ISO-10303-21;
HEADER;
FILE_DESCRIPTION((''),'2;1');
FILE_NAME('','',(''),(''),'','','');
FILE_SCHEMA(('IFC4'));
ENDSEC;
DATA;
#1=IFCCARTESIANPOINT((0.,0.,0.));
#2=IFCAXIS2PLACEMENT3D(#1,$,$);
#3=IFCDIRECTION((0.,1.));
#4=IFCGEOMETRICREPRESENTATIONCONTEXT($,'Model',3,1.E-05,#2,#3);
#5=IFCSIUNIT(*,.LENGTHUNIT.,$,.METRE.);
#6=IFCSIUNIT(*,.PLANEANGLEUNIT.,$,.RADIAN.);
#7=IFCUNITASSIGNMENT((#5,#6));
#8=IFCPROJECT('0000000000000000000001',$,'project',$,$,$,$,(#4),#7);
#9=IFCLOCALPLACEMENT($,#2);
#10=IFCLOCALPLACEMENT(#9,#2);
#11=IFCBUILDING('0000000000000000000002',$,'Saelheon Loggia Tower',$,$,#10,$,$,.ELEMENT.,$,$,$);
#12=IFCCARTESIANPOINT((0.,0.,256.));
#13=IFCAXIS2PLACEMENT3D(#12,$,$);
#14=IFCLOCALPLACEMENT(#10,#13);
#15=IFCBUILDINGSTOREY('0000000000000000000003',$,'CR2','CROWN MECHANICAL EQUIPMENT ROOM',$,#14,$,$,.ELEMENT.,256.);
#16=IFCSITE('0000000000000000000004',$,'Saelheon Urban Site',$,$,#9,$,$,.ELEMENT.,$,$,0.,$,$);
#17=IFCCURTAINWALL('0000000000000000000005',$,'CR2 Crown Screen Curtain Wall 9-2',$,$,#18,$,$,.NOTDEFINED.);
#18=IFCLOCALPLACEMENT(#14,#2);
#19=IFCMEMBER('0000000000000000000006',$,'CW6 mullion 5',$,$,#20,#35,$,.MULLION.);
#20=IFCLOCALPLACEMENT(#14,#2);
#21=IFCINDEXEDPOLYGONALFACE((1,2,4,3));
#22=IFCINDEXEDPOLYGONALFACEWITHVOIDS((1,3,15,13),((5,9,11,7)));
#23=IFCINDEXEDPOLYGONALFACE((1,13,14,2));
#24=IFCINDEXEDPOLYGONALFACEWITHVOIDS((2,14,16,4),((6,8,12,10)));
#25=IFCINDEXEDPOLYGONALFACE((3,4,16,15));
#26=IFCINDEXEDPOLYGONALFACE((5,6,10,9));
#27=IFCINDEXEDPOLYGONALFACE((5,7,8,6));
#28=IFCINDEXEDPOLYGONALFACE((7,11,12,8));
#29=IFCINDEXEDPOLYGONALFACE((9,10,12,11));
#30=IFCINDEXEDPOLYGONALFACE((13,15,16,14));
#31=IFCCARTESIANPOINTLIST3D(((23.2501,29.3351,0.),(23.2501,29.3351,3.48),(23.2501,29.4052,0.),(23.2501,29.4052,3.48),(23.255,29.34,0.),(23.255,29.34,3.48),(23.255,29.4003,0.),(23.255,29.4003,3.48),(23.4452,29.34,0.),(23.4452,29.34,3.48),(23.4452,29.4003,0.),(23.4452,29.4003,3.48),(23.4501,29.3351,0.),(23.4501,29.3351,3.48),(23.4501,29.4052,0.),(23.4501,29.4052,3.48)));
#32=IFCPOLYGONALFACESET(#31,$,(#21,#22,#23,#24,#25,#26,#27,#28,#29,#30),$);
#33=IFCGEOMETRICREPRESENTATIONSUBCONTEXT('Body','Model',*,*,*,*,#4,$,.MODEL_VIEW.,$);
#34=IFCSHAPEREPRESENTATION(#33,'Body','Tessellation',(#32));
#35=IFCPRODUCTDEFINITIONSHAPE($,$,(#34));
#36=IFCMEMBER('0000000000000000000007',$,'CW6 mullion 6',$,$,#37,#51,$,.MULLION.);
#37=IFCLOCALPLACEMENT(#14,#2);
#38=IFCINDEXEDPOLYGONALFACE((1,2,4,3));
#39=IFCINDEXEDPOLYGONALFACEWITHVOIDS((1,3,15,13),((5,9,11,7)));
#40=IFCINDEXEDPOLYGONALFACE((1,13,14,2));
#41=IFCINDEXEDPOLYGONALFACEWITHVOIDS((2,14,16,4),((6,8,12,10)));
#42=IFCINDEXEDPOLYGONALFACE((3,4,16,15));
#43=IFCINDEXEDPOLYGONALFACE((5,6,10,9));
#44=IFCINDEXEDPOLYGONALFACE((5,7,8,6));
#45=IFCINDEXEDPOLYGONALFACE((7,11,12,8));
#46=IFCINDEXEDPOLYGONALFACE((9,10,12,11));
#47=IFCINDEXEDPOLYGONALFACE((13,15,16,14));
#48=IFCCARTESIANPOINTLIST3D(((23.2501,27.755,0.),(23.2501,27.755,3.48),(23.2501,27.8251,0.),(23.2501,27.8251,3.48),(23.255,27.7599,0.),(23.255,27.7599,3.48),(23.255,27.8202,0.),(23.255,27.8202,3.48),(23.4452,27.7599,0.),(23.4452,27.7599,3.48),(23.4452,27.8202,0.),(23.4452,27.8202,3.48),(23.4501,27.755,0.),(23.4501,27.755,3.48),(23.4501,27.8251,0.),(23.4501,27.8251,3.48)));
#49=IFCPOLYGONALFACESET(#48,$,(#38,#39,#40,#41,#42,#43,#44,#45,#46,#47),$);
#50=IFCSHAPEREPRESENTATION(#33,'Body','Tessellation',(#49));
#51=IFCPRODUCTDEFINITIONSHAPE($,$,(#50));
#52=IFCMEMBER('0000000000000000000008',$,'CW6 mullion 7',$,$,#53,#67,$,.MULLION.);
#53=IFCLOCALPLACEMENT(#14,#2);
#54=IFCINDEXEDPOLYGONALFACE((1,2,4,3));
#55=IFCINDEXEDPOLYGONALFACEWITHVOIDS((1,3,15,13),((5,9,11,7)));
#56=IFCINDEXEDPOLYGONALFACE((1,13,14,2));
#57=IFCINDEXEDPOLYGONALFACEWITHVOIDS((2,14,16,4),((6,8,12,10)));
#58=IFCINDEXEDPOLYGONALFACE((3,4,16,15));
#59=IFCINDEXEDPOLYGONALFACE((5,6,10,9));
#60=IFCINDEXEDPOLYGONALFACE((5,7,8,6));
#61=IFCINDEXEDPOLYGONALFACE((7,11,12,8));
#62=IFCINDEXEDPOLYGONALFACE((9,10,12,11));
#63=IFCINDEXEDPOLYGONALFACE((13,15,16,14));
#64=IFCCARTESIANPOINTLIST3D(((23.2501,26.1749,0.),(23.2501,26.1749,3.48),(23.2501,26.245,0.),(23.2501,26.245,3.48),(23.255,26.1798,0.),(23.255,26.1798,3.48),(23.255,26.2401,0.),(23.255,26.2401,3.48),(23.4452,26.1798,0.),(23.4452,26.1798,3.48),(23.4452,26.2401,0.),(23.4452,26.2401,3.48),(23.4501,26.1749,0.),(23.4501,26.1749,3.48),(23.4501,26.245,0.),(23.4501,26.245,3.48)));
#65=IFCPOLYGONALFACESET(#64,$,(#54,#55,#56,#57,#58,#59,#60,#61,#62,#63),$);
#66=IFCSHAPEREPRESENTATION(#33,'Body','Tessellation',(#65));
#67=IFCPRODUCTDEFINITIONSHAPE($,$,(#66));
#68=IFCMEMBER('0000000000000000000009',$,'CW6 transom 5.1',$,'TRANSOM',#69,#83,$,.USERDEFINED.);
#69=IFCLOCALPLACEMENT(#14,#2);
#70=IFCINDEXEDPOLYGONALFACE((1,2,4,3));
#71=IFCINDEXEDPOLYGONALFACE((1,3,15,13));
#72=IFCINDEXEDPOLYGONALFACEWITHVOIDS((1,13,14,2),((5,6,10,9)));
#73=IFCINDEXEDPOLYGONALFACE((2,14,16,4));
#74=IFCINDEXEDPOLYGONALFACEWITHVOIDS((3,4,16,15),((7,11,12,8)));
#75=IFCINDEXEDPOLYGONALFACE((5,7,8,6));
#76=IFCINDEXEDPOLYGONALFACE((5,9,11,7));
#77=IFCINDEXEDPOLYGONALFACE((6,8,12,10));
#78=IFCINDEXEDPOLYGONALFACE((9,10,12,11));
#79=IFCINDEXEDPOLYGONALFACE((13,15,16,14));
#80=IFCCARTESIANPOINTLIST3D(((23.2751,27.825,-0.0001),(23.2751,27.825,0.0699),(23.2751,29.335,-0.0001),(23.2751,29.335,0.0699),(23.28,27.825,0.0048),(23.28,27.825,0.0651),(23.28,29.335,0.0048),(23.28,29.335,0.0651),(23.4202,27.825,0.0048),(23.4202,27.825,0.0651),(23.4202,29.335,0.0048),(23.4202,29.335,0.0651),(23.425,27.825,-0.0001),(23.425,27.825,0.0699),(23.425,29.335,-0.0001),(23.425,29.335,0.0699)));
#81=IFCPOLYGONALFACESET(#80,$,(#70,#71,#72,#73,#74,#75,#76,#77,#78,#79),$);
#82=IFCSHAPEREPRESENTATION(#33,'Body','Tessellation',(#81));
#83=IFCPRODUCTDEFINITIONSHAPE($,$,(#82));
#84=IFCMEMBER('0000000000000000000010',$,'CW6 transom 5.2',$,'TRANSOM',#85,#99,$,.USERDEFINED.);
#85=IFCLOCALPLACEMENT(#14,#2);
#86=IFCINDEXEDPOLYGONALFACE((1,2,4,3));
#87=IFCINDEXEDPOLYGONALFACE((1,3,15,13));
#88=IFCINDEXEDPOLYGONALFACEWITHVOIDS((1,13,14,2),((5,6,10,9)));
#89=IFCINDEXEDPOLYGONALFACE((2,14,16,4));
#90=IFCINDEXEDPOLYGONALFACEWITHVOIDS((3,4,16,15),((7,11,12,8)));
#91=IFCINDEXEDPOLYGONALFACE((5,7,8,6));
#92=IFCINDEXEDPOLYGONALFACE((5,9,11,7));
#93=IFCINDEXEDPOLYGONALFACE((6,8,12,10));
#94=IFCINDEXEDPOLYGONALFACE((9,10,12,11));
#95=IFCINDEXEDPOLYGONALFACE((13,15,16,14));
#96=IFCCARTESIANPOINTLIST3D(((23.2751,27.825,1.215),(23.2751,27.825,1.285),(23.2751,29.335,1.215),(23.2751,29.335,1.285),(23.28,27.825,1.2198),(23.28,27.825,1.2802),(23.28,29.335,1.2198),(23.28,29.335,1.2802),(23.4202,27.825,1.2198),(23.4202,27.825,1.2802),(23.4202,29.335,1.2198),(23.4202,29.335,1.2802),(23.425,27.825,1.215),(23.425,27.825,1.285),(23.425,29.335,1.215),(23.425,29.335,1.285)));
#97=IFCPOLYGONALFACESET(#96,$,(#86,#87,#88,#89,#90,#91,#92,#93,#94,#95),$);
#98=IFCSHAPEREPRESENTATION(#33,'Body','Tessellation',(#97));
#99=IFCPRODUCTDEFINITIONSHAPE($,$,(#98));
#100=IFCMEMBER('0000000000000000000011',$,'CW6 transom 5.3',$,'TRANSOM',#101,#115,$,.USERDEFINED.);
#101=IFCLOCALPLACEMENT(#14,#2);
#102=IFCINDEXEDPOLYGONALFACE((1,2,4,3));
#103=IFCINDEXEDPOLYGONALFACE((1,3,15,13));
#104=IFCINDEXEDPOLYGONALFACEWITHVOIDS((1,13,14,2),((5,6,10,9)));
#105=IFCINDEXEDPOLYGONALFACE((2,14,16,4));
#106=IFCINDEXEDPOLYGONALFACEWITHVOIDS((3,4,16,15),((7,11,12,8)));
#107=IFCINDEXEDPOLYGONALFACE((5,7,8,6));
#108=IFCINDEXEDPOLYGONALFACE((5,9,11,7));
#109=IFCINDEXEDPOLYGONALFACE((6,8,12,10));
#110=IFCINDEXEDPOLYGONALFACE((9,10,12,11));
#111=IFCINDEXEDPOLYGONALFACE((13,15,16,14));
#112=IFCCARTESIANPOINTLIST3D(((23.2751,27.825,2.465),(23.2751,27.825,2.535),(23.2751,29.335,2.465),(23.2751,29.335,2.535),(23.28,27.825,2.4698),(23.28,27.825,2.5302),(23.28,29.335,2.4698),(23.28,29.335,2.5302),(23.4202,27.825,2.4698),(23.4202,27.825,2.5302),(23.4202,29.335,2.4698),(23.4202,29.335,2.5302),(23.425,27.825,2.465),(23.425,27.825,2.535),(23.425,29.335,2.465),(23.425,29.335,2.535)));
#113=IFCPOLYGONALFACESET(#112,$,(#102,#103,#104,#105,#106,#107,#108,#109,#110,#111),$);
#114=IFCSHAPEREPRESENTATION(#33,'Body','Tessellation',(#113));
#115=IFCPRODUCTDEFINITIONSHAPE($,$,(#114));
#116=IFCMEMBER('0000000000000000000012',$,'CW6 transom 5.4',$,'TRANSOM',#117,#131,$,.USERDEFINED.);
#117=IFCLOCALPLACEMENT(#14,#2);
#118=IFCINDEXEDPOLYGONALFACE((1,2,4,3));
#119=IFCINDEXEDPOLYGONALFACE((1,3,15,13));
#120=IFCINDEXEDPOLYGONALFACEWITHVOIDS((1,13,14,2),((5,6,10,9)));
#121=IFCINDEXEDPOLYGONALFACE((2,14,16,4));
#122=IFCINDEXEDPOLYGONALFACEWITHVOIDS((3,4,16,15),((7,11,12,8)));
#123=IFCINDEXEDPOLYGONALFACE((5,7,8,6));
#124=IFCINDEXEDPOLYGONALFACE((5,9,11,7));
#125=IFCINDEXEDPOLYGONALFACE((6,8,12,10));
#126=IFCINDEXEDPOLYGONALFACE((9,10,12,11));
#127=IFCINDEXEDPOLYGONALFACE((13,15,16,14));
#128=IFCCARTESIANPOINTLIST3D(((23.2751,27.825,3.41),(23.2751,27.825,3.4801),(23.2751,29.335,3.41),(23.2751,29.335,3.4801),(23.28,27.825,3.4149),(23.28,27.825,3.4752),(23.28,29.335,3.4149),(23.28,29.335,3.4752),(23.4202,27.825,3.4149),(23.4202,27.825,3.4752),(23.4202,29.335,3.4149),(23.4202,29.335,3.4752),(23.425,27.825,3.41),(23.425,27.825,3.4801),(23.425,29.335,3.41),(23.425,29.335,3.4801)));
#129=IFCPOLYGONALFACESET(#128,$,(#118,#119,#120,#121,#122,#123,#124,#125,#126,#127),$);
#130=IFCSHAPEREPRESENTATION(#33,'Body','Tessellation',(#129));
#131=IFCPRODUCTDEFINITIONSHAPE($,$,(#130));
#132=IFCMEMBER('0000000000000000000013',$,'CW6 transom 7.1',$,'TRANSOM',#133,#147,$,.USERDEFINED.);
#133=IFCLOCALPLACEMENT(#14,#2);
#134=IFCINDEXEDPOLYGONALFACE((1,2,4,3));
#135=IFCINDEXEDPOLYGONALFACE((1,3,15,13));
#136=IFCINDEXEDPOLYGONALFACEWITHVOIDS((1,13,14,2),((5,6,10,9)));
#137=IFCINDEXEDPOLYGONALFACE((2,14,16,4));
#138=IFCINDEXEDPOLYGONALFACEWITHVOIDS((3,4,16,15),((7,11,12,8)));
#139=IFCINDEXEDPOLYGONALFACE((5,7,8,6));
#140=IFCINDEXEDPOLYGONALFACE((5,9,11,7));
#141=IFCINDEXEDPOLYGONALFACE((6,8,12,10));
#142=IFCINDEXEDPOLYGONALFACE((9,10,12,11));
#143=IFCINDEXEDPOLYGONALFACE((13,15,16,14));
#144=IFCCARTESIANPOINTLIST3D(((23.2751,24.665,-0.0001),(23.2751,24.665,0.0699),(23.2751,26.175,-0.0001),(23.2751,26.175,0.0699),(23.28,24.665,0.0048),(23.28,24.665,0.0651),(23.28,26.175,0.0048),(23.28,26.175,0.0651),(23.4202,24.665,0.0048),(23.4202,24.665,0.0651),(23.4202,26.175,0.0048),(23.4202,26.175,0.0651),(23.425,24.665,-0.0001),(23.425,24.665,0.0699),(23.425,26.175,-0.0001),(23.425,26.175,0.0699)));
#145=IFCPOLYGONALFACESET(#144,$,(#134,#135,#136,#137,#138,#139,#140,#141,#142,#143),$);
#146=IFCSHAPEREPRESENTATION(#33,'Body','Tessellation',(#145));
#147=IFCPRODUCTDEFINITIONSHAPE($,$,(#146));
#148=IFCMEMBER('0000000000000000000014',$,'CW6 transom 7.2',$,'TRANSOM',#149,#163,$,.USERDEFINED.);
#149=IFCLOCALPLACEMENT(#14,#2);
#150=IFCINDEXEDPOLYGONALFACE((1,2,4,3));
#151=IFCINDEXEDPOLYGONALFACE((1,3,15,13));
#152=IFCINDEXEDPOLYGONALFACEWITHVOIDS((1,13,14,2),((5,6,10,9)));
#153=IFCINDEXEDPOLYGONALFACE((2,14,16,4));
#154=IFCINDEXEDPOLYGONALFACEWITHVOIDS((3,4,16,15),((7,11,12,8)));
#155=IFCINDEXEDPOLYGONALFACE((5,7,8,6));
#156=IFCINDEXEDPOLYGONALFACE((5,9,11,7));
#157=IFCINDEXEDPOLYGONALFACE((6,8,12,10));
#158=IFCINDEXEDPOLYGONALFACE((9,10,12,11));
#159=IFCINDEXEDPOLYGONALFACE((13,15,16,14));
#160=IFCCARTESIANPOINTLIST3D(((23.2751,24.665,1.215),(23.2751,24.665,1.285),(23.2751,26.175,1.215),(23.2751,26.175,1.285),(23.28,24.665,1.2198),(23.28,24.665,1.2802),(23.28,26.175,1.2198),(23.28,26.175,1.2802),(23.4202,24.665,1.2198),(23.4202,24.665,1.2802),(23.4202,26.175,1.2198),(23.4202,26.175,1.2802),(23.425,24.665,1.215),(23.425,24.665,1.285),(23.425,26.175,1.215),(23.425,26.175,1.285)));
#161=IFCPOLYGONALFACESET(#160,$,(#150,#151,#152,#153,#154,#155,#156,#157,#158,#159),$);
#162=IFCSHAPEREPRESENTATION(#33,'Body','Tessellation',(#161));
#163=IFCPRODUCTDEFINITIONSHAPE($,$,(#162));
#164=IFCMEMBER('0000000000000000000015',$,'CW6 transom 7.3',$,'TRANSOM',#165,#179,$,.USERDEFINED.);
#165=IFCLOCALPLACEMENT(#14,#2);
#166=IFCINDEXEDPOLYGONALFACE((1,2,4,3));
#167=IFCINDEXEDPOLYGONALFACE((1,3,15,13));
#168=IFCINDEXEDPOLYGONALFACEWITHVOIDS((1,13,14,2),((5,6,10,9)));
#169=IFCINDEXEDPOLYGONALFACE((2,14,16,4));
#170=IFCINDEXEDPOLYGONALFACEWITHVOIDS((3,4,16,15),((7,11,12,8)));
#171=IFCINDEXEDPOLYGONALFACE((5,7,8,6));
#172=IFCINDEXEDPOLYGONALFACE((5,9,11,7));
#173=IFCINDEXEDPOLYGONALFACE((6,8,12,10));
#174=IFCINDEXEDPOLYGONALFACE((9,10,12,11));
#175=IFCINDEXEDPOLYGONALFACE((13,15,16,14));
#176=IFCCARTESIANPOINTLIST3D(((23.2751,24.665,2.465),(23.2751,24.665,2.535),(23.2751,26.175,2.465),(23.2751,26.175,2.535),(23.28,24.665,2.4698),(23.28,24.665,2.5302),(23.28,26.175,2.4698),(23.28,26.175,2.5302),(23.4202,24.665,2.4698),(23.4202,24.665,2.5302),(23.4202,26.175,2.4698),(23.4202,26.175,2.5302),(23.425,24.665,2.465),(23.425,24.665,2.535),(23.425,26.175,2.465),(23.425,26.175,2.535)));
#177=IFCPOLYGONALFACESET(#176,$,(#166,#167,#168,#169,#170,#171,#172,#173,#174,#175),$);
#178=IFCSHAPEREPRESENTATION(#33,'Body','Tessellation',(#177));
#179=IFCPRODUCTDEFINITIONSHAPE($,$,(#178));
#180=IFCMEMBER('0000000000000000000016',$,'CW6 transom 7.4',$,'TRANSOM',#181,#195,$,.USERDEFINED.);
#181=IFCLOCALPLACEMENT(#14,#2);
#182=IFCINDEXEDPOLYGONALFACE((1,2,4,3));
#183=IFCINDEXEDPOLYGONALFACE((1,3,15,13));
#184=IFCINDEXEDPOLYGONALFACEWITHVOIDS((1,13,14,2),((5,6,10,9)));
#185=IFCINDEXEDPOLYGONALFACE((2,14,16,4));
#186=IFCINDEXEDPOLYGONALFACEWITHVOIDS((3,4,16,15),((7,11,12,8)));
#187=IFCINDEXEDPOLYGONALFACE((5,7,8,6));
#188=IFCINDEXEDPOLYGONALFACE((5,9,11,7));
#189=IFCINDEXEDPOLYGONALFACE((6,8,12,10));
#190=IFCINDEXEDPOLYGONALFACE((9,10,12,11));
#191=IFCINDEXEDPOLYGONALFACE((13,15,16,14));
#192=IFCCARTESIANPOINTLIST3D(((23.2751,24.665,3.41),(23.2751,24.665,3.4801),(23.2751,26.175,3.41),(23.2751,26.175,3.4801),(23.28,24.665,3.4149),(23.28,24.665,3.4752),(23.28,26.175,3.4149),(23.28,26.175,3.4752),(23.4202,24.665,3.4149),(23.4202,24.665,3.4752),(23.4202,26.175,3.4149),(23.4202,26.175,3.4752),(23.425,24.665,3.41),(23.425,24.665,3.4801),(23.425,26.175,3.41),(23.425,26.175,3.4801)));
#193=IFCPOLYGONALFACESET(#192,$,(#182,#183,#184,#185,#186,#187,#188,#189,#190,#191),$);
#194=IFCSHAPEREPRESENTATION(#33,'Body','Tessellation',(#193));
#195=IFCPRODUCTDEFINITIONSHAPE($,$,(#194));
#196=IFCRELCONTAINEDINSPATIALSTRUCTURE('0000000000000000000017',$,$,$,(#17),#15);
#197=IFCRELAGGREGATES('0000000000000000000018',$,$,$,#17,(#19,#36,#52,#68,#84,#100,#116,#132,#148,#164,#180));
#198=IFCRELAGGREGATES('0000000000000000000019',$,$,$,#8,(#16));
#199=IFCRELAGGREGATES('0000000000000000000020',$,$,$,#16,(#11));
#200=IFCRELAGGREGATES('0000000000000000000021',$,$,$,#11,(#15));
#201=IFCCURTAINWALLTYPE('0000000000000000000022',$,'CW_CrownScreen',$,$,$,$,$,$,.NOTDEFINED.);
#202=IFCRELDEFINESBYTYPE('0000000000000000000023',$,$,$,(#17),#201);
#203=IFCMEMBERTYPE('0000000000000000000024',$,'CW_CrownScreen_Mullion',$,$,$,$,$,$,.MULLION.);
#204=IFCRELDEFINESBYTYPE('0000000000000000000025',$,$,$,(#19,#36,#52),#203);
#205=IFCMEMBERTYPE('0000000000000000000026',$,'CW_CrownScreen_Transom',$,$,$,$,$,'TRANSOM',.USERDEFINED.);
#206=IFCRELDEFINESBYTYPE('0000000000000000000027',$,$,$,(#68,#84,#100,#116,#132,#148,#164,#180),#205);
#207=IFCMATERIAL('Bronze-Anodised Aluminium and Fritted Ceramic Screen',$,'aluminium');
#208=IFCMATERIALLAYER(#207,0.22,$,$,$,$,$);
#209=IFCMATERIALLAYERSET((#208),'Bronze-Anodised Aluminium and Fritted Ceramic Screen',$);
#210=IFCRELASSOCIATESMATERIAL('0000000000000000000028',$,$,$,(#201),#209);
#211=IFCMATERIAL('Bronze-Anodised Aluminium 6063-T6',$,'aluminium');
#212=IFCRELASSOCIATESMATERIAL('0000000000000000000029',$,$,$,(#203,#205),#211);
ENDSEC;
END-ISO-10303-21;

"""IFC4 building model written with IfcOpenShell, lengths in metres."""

from ifc_helpers import new_model, si_unit, direction, frame, origin, origin_2d, place, context, subcontext, project, spatial, hollow_rectangle, extrude, source, transform, mapped, material, layer, layer_set, material_profile, profile_set, type_object, element, aggregate, save


model = new_model("IFC4")

# Units and contexts
model_context = context("Model", 3, precision=1e-05, world=origin(), true_north=direction((0.0, 1.0)))
body_context = subcontext(model_context, "Body", "Model", "MODEL_VIEW")
ifc_project = project(units=[si_unit("LENGTHUNIT", "METRE"), si_unit("PLANEANGLEUNIT", "RADIAN")], contexts=[model_context])

# Site, building, storey
site_placement = place(None, origin())
site = spatial("IfcSite", under=ifc_project, at=site_placement, Name="Saelheon Urban Site", CompositionType="ELEMENT", RefElevation=0.0)
building_placement = place(site_placement, origin())
building = spatial("IfcBuilding", under=site, at=building_placement, Name="Saelheon Loggia Tower", CompositionType="ELEMENT")
storey_placement = place(building_placement, frame((0.0, 0.0, 256.0)))
storey = spatial("IfcBuildingStorey", under=building, at=storey_placement, Name="CR2", Description="CROWN MECHANICAL EQUIPMENT ROOM", CompositionType="ELEMENT", Elevation=256.0)

# Curtain wall, members
ifc_material_1 = material(Name="Bronze-Anodised Aluminium and Fritted Ceramic Screen", Category="aluminium")
ifc_layer_1 = layer(ifc_material_1, 0.22)
ifc_layer_set_1 = layer_set([ifc_layer_1], Name="Bronze-Anodised Aluminium and Fritted Ceramic Screen")
curtain_wall_type = type_object("IfcCurtainWallType", Name="CW_CrownScreen", PredefinedType="NOTDEFINED", material=ifc_layer_set_1)
curtain_wall_placement = place(storey_placement, origin())
curtain_wall = element("IfcCurtainWall", 1, at=curtain_wall_placement, inside=storey, type_object=curtain_wall_type, Name="CR2 Crown Screen Curtain Wall 9-2", PredefinedType="NOTDEFINED")
ifc_material_2 = material(Name="Bronze-Anodised Aluminium 6063-T6", Category="aluminium")
ifc_material_profile_1 = material_profile(ifc_material_2, hollow_rectangle(XDim=0.0701, YDim=0.2, WallThickness=0.0049, at=origin_2d()), Name="RHS-200x70x5")
ifc_profile_set_1 = profile_set([ifc_material_profile_1], Name="Bronze-Anodised Aluminium 6063-T6")
member_type_1 = type_object("IfcMemberType", Name="CW_CrownScreen_Mullion", PredefinedType="MULLION", material=ifc_profile_set_1)
shared_shape_1 = source(origin(), body_context, "Body", "SweptSolid", [
    extrude(hollow_rectangle(XDim=0.0701, YDim=0.2, WallThickness=0.0049, at=origin_2d()), origin(), (0.0, 0.0, 1.0), 3.48),
])
member_1_placement = place(storey_placement, frame((23.3501, 29.3701, 0.0), z_axis=(0.0, 0.0, 1.0), x_axis=(0.0, -1.0, 0.0)))
member_1 = element("IfcMember", 2, at=member_1_placement, type_object=member_type_1, Name="CW6 mullion 5", PredefinedType="MULLION", context=body_context, shape_type="MappedRepresentation", body=[
    mapped(shared_shape_1, transform((0.0, 0.0, 0.0), scale=1.0)),
])
member_2_placement = place(storey_placement, frame((23.3501, 27.79, 0.0), z_axis=(0.0, 0.0, 1.0), x_axis=(0.0, -1.0, 0.0)))
member_2 = element("IfcMember", 3, at=member_2_placement, type_object=member_type_1, Name="CW6 mullion 6", PredefinedType="MULLION", context=body_context, shape_type="MappedRepresentation", body=[
    mapped(shared_shape_1, transform((0.0, 0.0, 0.0), scale=1.0)),
])
member_3_placement = place(storey_placement, frame((23.3501, 26.21, 0.0), z_axis=(0.0, 0.0, 1.0), x_axis=(0.0, -1.0, 0.0)))
member_3 = element("IfcMember", 4, at=member_3_placement, type_object=member_type_1, Name="CW6 mullion 7", PredefinedType="MULLION", context=body_context, shape_type="MappedRepresentation", body=[
    mapped(shared_shape_1, transform((0.0, 0.0, 0.0), scale=1.0)),
])
ifc_material_profile_2 = material_profile(ifc_material_2, hollow_rectangle(XDim=0.0701, YDim=0.1499, WallThickness=0.0049, at=origin_2d()), Name="RHS-150x70x5")
ifc_profile_set_2 = profile_set([ifc_material_profile_2], Name="Bronze-Anodised Aluminium 6063-T6")
member_type_2 = type_object("IfcMemberType", Name="CW_CrownScreen_Transom", ElementType="TRANSOM", PredefinedType="USERDEFINED", material=ifc_profile_set_2)
shared_shape_2 = source(origin(), body_context, "Body", "SweptSolid", [
    extrude(hollow_rectangle(XDim=0.0701, YDim=0.1499, WallThickness=0.0049, at=origin_2d()), origin(), (0.0, 0.0, 1.0), 1.51),
])
member_4_placement = place(storey_placement, frame((23.3501, 29.335, 0.0349), z_axis=(0.0, -1.0, 0.0), x_axis=(0.0, 0.0, 1.0)))
member_4 = element("IfcMember", 5, at=member_4_placement, type_object=member_type_2, Name="CW6 transom 5.1", ObjectType="TRANSOM", PredefinedType="USERDEFINED", context=body_context, shape_type="MappedRepresentation", body=[
    mapped(shared_shape_2, transform((0.0, 0.0, 0.0), scale=1.0)),
])
member_5_placement = place(storey_placement, frame((23.3501, 29.335, 1.25), z_axis=(0.0, -1.0, 0.0), x_axis=(0.0, 0.0, 1.0)))
member_5 = element("IfcMember", 6, at=member_5_placement, type_object=member_type_2, Name="CW6 transom 5.2", ObjectType="TRANSOM", PredefinedType="USERDEFINED", context=body_context, shape_type="MappedRepresentation", body=[
    mapped(shared_shape_2, transform((0.0, 0.0, 0.0), scale=1.0)),
])
member_6_placement = place(storey_placement, frame((23.3501, 29.335, 2.5), z_axis=(0.0, -1.0, 0.0), x_axis=(0.0, 0.0, 1.0)))
member_6 = element("IfcMember", 7, at=member_6_placement, type_object=member_type_2, Name="CW6 transom 5.3", ObjectType="TRANSOM", PredefinedType="USERDEFINED", context=body_context, shape_type="MappedRepresentation", body=[
    mapped(shared_shape_2, transform((0.0, 0.0, 0.0), scale=1.0)),
])
member_7_placement = place(storey_placement, frame((23.3501, 29.335, 3.4451), z_axis=(0.0, -1.0, 0.0), x_axis=(0.0, 0.0, 1.0)))
member_7 = element("IfcMember", 8, at=member_7_placement, type_object=member_type_2, Name="CW6 transom 5.4", ObjectType="TRANSOM", PredefinedType="USERDEFINED", context=body_context, shape_type="MappedRepresentation", body=[
    mapped(shared_shape_2, transform((0.0, 0.0, 0.0), scale=1.0)),
])
member_8_placement = place(storey_placement, frame((23.3501, 26.175, 0.0349), z_axis=(0.0, -1.0, 0.0), x_axis=(0.0, 0.0, 1.0)))
member_8 = element("IfcMember", 9, at=member_8_placement, type_object=member_type_2, Name="CW6 transom 7.1", ObjectType="TRANSOM", PredefinedType="USERDEFINED", context=body_context, shape_type="MappedRepresentation", body=[
    mapped(shared_shape_2, transform((0.0, 0.0, 0.0), scale=1.0)),
])
member_9_placement = place(storey_placement, frame((23.3501, 26.175, 1.25), z_axis=(0.0, -1.0, 0.0), x_axis=(0.0, 0.0, 1.0)))
member_9 = element("IfcMember", 10, at=member_9_placement, type_object=member_type_2, Name="CW6 transom 7.2", ObjectType="TRANSOM", PredefinedType="USERDEFINED", context=body_context, shape_type="MappedRepresentation", body=[
    mapped(shared_shape_2, transform((0.0, 0.0, 0.0), scale=1.0)),
])
member_10_placement = place(storey_placement, frame((23.3501, 26.175, 2.5), z_axis=(0.0, -1.0, 0.0), x_axis=(0.0, 0.0, 1.0)))
member_10 = element("IfcMember", 11, at=member_10_placement, type_object=member_type_2, Name="CW6 transom 7.3", ObjectType="TRANSOM", PredefinedType="USERDEFINED", context=body_context, shape_type="MappedRepresentation", body=[
    mapped(shared_shape_2, transform((0.0, 0.0, 0.0), scale=1.0)),
])
member_11_placement = place(storey_placement, frame((23.3501, 26.175, 3.4451), z_axis=(0.0, -1.0, 0.0), x_axis=(0.0, 0.0, 1.0)))
member_11 = element("IfcMember", 12, at=member_11_placement, type_object=member_type_2, Name="CW6 transom 7.4", ObjectType="TRANSOM", PredefinedType="USERDEFINED", context=body_context, shape_type="MappedRepresentation", body=[
    mapped(shared_shape_2, transform((0.0, 0.0, 0.0), scale=1.0)),
])
aggregate(curtain_wall, [member_1, member_2, member_3, member_4, member_5, member_6, member_7, member_8, member_9, member_10, member_11])

save(model, "model.ifc")
